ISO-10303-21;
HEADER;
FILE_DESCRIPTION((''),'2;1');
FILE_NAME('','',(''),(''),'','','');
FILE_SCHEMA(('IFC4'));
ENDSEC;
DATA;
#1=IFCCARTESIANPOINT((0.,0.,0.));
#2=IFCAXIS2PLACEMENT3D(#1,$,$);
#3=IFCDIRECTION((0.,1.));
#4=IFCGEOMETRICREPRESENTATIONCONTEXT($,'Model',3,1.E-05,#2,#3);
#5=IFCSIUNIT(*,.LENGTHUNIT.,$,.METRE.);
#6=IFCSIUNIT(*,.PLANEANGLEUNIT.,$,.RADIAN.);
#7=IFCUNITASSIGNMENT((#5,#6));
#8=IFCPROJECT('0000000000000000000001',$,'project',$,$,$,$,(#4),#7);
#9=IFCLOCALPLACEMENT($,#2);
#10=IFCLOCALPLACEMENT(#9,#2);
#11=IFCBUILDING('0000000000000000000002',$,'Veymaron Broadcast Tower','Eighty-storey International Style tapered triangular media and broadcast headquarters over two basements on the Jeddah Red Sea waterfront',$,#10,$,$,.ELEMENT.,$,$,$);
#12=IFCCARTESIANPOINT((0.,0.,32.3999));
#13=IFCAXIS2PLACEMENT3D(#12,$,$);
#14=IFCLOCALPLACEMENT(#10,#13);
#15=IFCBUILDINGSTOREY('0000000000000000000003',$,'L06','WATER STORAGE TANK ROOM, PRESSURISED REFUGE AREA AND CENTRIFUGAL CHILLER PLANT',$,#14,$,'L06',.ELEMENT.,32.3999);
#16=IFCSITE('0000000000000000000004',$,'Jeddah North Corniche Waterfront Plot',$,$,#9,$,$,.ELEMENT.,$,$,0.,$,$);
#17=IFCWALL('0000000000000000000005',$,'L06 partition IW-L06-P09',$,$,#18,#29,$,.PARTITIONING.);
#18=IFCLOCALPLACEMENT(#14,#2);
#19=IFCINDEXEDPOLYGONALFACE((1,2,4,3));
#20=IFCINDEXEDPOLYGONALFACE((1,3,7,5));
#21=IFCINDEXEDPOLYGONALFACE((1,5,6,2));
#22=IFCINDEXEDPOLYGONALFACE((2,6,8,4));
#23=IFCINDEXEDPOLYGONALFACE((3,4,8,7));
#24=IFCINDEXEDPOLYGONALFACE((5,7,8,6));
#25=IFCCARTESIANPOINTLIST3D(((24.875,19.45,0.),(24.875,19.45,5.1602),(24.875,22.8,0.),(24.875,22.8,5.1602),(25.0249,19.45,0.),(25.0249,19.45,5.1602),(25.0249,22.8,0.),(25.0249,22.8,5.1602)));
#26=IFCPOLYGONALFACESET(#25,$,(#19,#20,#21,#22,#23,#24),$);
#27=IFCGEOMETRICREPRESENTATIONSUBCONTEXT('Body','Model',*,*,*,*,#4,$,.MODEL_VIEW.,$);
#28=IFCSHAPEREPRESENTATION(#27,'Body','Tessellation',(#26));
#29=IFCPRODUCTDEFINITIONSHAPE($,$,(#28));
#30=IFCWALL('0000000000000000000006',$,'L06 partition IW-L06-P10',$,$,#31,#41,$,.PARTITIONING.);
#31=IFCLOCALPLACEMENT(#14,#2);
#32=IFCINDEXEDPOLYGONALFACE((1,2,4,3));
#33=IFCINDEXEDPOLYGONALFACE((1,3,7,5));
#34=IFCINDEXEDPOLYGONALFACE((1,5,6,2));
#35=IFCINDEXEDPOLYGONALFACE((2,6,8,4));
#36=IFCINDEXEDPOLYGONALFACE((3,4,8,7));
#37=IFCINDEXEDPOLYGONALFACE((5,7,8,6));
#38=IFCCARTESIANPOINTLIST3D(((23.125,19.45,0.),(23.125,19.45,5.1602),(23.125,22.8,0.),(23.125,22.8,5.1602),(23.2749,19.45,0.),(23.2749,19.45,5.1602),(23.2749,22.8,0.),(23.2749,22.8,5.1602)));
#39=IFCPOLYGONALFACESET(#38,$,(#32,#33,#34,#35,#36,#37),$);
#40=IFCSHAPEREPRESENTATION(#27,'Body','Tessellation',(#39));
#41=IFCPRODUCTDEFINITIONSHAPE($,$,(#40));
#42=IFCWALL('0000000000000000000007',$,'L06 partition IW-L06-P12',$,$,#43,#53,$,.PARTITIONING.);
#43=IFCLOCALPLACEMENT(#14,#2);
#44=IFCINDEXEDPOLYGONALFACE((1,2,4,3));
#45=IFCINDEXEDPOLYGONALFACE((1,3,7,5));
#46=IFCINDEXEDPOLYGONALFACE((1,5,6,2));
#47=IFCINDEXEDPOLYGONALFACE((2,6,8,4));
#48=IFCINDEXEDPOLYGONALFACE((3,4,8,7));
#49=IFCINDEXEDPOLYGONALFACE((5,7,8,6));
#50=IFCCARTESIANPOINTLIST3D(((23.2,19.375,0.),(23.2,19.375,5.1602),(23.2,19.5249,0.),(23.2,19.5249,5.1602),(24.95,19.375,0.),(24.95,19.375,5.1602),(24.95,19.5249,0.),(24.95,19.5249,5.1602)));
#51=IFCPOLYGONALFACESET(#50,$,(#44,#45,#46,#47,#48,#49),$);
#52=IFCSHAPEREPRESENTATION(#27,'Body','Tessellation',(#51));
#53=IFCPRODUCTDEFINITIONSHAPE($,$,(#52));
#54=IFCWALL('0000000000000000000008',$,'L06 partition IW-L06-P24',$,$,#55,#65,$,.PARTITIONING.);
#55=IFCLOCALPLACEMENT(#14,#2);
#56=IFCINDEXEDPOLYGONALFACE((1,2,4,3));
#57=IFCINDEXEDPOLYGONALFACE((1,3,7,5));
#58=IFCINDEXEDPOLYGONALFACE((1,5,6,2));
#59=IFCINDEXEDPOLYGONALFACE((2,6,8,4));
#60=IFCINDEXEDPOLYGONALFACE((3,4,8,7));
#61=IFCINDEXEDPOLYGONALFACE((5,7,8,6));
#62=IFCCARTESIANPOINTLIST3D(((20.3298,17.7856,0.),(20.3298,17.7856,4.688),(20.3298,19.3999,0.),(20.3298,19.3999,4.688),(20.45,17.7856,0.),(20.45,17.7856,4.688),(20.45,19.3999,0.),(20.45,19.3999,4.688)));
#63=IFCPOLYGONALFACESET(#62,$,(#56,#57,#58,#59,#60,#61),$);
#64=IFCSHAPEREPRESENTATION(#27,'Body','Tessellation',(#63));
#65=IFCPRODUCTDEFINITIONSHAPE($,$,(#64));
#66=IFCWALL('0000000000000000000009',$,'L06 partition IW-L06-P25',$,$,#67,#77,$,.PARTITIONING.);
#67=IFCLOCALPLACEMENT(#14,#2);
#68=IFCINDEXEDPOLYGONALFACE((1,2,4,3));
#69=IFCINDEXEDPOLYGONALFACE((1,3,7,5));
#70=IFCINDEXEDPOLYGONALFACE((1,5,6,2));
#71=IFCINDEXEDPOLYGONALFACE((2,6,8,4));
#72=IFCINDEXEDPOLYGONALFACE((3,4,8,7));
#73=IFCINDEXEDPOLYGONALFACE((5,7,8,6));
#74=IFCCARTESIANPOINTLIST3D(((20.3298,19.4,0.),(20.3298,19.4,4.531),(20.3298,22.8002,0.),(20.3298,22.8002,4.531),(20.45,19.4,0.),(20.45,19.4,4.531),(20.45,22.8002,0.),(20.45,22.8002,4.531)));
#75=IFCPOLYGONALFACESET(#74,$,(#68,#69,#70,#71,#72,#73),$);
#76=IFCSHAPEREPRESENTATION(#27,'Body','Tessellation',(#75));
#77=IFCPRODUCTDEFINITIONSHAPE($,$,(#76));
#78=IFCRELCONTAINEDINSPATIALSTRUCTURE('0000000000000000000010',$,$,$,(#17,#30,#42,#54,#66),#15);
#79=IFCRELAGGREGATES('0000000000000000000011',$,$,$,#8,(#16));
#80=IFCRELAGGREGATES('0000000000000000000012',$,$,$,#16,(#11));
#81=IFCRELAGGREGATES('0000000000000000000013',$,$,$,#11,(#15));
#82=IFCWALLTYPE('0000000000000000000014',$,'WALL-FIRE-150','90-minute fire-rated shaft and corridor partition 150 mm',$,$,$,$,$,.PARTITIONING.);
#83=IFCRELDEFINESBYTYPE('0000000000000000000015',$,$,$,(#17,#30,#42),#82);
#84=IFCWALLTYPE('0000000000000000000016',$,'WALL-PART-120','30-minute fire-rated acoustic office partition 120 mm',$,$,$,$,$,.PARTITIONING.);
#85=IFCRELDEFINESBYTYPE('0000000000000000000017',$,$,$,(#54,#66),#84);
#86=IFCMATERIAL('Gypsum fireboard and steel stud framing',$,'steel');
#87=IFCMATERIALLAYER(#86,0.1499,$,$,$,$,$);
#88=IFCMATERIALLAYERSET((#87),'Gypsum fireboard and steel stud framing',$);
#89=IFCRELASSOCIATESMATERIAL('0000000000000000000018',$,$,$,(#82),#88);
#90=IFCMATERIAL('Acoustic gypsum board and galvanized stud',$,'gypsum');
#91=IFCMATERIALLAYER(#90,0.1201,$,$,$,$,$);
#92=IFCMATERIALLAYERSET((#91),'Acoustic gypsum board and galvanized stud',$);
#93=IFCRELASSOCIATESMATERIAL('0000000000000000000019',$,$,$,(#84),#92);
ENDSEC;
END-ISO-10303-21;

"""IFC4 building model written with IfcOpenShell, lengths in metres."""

from ifc_helpers import new_model, si_unit, direction, frame, frame_2d, origin, place, context, subcontext, project, spatial, rectangle, extrude, material, layer, layer_set, type_object, element, save


model = new_model("IFC4")

# Units and contexts
model_context = context("Model", 3, precision=1e-05, world=origin(), true_north=direction((0.0, 1.0)))
body_context = subcontext(model_context, "Body", "Model", "MODEL_VIEW")
ifc_project = project(units=[si_unit("LENGTHUNIT", "METRE"), si_unit("PLANEANGLEUNIT", "RADIAN")], contexts=[model_context])

# Site, building, storey
site_placement = place(None, origin())
site = spatial("IfcSite", under=ifc_project, at=site_placement, Name="Jeddah North Corniche Waterfront Plot", CompositionType="ELEMENT", RefElevation=0.0)
building_placement = place(site_placement, origin())
building = spatial("IfcBuilding", under=site, at=building_placement, Name="Veymaron Broadcast Tower", Description="Eighty-storey International Style tapered triangular media and broadcast headquarters over two basements on the Jeddah Red Sea waterfront", CompositionType="ELEMENT")
storey_placement = place(building_placement, frame((0.0, 0.0, 32.3999)))
storey = spatial("IfcBuildingStorey", under=building, at=storey_placement, Name="L06", Description="WATER STORAGE TANK ROOM, PRESSURISED REFUGE AREA AND CENTRIFUGAL CHILLER PLANT", LongName="L06", CompositionType="ELEMENT", Elevation=32.3999)

# Walls
ifc_material_1 = material(Name="Gypsum fireboard and steel stud framing", Category="steel")
ifc_layer_1 = layer(ifc_material_1, 0.1499)
ifc_layer_set_1 = layer_set([ifc_layer_1], Name="Gypsum fireboard and steel stud framing")
wall_type_1 = type_object("IfcWallType", Name="WALL-FIRE-150", Description="90-minute fire-rated shaft and corridor partition 150 mm", PredefinedType="PARTITIONING", material=ifc_layer_set_1)
for number, where, z_axis, x_axis, name in (
    (1, (24.95, 19.45, 0.0), (0.0, 0.0, 1.0), (0.0, 1.0, 0.0), "L06 partition IW-L06-P09"),
    (2, (23.2, 19.45, 0.0), (0.0, 0.0, 1.0), (0.0, 1.0, 0.0), "L06 partition IW-L06-P10"),
):
    element("IfcWall", number, at=place(storey_placement, frame(where, z_axis=z_axis, x_axis=x_axis)), inside=storey, type_object=wall_type_1, Name=name, PredefinedType="PARTITIONING", context=body_context, shape_type="SweptSolid", body=[
        extrude(rectangle(XDim=3.3501, YDim=0.1499, at=frame_2d((1.675, 0.0))), origin(), (0.0, 0.0, 1.0), 5.1602),
    ])
wall_1_placement = place(storey_placement, frame((23.2, 19.45, 0.0), z_axis=(0.0, 0.0, 1.0), x_axis=(1.0, 0.0, 0.0)))
element("IfcWall", 3, at=wall_1_placement, inside=storey, type_object=wall_type_1, Name="L06 partition IW-L06-P12", PredefinedType="PARTITIONING", context=body_context, shape_type="SweptSolid", body=[
    extrude(rectangle(XDim=1.75, YDim=0.1499, at=frame_2d((0.875, 0.0))), origin(), (0.0, 0.0, 1.0), 5.1602),
])
ifc_material_2 = material(Name="Acoustic gypsum board and galvanized stud", Category="gypsum")
ifc_layer_2 = layer(ifc_material_2, 0.1201)
ifc_layer_set_2 = layer_set([ifc_layer_2], Name="Acoustic gypsum board and galvanized stud")
wall_type_2 = type_object("IfcWallType", Name="WALL-PART-120", Description="30-minute fire-rated acoustic office partition 120 mm", PredefinedType="PARTITIONING", material=ifc_layer_set_2)
wall_2_placement = place(storey_placement, frame((20.3899, 17.7856, 0.0), z_axis=(0.0, 0.0, 1.0), x_axis=(0.0, 1.0, 0.0)))
element("IfcWall", 4, at=wall_2_placement, inside=storey, type_object=wall_type_2, Name="L06 partition IW-L06-P24", PredefinedType="PARTITIONING", context=body_context, shape_type="SweptSolid", body=[
    extrude(rectangle(XDim=1.6143, YDim=0.1201, at=frame_2d((0.8071, 0.0))), origin(), (0.0, 0.0, 1.0), 4.688),
])
wall_3_placement = place(storey_placement, frame((20.3899, 19.3999, 0.0), z_axis=(0.0, 0.0, 1.0), x_axis=(0.0, 1.0, 0.0)))
element("IfcWall", 5, at=wall_3_placement, inside=storey, type_object=wall_type_2, Name="L06 partition IW-L06-P25", PredefinedType="PARTITIONING", context=body_context, shape_type="SweptSolid", body=[
    extrude(rectangle(XDim=3.4001, YDim=0.1201, at=frame_2d((1.7002, 0.0))), origin(), (0.0, 0.0, 1.0), 4.531),
])

save(model, "model.ifc")
